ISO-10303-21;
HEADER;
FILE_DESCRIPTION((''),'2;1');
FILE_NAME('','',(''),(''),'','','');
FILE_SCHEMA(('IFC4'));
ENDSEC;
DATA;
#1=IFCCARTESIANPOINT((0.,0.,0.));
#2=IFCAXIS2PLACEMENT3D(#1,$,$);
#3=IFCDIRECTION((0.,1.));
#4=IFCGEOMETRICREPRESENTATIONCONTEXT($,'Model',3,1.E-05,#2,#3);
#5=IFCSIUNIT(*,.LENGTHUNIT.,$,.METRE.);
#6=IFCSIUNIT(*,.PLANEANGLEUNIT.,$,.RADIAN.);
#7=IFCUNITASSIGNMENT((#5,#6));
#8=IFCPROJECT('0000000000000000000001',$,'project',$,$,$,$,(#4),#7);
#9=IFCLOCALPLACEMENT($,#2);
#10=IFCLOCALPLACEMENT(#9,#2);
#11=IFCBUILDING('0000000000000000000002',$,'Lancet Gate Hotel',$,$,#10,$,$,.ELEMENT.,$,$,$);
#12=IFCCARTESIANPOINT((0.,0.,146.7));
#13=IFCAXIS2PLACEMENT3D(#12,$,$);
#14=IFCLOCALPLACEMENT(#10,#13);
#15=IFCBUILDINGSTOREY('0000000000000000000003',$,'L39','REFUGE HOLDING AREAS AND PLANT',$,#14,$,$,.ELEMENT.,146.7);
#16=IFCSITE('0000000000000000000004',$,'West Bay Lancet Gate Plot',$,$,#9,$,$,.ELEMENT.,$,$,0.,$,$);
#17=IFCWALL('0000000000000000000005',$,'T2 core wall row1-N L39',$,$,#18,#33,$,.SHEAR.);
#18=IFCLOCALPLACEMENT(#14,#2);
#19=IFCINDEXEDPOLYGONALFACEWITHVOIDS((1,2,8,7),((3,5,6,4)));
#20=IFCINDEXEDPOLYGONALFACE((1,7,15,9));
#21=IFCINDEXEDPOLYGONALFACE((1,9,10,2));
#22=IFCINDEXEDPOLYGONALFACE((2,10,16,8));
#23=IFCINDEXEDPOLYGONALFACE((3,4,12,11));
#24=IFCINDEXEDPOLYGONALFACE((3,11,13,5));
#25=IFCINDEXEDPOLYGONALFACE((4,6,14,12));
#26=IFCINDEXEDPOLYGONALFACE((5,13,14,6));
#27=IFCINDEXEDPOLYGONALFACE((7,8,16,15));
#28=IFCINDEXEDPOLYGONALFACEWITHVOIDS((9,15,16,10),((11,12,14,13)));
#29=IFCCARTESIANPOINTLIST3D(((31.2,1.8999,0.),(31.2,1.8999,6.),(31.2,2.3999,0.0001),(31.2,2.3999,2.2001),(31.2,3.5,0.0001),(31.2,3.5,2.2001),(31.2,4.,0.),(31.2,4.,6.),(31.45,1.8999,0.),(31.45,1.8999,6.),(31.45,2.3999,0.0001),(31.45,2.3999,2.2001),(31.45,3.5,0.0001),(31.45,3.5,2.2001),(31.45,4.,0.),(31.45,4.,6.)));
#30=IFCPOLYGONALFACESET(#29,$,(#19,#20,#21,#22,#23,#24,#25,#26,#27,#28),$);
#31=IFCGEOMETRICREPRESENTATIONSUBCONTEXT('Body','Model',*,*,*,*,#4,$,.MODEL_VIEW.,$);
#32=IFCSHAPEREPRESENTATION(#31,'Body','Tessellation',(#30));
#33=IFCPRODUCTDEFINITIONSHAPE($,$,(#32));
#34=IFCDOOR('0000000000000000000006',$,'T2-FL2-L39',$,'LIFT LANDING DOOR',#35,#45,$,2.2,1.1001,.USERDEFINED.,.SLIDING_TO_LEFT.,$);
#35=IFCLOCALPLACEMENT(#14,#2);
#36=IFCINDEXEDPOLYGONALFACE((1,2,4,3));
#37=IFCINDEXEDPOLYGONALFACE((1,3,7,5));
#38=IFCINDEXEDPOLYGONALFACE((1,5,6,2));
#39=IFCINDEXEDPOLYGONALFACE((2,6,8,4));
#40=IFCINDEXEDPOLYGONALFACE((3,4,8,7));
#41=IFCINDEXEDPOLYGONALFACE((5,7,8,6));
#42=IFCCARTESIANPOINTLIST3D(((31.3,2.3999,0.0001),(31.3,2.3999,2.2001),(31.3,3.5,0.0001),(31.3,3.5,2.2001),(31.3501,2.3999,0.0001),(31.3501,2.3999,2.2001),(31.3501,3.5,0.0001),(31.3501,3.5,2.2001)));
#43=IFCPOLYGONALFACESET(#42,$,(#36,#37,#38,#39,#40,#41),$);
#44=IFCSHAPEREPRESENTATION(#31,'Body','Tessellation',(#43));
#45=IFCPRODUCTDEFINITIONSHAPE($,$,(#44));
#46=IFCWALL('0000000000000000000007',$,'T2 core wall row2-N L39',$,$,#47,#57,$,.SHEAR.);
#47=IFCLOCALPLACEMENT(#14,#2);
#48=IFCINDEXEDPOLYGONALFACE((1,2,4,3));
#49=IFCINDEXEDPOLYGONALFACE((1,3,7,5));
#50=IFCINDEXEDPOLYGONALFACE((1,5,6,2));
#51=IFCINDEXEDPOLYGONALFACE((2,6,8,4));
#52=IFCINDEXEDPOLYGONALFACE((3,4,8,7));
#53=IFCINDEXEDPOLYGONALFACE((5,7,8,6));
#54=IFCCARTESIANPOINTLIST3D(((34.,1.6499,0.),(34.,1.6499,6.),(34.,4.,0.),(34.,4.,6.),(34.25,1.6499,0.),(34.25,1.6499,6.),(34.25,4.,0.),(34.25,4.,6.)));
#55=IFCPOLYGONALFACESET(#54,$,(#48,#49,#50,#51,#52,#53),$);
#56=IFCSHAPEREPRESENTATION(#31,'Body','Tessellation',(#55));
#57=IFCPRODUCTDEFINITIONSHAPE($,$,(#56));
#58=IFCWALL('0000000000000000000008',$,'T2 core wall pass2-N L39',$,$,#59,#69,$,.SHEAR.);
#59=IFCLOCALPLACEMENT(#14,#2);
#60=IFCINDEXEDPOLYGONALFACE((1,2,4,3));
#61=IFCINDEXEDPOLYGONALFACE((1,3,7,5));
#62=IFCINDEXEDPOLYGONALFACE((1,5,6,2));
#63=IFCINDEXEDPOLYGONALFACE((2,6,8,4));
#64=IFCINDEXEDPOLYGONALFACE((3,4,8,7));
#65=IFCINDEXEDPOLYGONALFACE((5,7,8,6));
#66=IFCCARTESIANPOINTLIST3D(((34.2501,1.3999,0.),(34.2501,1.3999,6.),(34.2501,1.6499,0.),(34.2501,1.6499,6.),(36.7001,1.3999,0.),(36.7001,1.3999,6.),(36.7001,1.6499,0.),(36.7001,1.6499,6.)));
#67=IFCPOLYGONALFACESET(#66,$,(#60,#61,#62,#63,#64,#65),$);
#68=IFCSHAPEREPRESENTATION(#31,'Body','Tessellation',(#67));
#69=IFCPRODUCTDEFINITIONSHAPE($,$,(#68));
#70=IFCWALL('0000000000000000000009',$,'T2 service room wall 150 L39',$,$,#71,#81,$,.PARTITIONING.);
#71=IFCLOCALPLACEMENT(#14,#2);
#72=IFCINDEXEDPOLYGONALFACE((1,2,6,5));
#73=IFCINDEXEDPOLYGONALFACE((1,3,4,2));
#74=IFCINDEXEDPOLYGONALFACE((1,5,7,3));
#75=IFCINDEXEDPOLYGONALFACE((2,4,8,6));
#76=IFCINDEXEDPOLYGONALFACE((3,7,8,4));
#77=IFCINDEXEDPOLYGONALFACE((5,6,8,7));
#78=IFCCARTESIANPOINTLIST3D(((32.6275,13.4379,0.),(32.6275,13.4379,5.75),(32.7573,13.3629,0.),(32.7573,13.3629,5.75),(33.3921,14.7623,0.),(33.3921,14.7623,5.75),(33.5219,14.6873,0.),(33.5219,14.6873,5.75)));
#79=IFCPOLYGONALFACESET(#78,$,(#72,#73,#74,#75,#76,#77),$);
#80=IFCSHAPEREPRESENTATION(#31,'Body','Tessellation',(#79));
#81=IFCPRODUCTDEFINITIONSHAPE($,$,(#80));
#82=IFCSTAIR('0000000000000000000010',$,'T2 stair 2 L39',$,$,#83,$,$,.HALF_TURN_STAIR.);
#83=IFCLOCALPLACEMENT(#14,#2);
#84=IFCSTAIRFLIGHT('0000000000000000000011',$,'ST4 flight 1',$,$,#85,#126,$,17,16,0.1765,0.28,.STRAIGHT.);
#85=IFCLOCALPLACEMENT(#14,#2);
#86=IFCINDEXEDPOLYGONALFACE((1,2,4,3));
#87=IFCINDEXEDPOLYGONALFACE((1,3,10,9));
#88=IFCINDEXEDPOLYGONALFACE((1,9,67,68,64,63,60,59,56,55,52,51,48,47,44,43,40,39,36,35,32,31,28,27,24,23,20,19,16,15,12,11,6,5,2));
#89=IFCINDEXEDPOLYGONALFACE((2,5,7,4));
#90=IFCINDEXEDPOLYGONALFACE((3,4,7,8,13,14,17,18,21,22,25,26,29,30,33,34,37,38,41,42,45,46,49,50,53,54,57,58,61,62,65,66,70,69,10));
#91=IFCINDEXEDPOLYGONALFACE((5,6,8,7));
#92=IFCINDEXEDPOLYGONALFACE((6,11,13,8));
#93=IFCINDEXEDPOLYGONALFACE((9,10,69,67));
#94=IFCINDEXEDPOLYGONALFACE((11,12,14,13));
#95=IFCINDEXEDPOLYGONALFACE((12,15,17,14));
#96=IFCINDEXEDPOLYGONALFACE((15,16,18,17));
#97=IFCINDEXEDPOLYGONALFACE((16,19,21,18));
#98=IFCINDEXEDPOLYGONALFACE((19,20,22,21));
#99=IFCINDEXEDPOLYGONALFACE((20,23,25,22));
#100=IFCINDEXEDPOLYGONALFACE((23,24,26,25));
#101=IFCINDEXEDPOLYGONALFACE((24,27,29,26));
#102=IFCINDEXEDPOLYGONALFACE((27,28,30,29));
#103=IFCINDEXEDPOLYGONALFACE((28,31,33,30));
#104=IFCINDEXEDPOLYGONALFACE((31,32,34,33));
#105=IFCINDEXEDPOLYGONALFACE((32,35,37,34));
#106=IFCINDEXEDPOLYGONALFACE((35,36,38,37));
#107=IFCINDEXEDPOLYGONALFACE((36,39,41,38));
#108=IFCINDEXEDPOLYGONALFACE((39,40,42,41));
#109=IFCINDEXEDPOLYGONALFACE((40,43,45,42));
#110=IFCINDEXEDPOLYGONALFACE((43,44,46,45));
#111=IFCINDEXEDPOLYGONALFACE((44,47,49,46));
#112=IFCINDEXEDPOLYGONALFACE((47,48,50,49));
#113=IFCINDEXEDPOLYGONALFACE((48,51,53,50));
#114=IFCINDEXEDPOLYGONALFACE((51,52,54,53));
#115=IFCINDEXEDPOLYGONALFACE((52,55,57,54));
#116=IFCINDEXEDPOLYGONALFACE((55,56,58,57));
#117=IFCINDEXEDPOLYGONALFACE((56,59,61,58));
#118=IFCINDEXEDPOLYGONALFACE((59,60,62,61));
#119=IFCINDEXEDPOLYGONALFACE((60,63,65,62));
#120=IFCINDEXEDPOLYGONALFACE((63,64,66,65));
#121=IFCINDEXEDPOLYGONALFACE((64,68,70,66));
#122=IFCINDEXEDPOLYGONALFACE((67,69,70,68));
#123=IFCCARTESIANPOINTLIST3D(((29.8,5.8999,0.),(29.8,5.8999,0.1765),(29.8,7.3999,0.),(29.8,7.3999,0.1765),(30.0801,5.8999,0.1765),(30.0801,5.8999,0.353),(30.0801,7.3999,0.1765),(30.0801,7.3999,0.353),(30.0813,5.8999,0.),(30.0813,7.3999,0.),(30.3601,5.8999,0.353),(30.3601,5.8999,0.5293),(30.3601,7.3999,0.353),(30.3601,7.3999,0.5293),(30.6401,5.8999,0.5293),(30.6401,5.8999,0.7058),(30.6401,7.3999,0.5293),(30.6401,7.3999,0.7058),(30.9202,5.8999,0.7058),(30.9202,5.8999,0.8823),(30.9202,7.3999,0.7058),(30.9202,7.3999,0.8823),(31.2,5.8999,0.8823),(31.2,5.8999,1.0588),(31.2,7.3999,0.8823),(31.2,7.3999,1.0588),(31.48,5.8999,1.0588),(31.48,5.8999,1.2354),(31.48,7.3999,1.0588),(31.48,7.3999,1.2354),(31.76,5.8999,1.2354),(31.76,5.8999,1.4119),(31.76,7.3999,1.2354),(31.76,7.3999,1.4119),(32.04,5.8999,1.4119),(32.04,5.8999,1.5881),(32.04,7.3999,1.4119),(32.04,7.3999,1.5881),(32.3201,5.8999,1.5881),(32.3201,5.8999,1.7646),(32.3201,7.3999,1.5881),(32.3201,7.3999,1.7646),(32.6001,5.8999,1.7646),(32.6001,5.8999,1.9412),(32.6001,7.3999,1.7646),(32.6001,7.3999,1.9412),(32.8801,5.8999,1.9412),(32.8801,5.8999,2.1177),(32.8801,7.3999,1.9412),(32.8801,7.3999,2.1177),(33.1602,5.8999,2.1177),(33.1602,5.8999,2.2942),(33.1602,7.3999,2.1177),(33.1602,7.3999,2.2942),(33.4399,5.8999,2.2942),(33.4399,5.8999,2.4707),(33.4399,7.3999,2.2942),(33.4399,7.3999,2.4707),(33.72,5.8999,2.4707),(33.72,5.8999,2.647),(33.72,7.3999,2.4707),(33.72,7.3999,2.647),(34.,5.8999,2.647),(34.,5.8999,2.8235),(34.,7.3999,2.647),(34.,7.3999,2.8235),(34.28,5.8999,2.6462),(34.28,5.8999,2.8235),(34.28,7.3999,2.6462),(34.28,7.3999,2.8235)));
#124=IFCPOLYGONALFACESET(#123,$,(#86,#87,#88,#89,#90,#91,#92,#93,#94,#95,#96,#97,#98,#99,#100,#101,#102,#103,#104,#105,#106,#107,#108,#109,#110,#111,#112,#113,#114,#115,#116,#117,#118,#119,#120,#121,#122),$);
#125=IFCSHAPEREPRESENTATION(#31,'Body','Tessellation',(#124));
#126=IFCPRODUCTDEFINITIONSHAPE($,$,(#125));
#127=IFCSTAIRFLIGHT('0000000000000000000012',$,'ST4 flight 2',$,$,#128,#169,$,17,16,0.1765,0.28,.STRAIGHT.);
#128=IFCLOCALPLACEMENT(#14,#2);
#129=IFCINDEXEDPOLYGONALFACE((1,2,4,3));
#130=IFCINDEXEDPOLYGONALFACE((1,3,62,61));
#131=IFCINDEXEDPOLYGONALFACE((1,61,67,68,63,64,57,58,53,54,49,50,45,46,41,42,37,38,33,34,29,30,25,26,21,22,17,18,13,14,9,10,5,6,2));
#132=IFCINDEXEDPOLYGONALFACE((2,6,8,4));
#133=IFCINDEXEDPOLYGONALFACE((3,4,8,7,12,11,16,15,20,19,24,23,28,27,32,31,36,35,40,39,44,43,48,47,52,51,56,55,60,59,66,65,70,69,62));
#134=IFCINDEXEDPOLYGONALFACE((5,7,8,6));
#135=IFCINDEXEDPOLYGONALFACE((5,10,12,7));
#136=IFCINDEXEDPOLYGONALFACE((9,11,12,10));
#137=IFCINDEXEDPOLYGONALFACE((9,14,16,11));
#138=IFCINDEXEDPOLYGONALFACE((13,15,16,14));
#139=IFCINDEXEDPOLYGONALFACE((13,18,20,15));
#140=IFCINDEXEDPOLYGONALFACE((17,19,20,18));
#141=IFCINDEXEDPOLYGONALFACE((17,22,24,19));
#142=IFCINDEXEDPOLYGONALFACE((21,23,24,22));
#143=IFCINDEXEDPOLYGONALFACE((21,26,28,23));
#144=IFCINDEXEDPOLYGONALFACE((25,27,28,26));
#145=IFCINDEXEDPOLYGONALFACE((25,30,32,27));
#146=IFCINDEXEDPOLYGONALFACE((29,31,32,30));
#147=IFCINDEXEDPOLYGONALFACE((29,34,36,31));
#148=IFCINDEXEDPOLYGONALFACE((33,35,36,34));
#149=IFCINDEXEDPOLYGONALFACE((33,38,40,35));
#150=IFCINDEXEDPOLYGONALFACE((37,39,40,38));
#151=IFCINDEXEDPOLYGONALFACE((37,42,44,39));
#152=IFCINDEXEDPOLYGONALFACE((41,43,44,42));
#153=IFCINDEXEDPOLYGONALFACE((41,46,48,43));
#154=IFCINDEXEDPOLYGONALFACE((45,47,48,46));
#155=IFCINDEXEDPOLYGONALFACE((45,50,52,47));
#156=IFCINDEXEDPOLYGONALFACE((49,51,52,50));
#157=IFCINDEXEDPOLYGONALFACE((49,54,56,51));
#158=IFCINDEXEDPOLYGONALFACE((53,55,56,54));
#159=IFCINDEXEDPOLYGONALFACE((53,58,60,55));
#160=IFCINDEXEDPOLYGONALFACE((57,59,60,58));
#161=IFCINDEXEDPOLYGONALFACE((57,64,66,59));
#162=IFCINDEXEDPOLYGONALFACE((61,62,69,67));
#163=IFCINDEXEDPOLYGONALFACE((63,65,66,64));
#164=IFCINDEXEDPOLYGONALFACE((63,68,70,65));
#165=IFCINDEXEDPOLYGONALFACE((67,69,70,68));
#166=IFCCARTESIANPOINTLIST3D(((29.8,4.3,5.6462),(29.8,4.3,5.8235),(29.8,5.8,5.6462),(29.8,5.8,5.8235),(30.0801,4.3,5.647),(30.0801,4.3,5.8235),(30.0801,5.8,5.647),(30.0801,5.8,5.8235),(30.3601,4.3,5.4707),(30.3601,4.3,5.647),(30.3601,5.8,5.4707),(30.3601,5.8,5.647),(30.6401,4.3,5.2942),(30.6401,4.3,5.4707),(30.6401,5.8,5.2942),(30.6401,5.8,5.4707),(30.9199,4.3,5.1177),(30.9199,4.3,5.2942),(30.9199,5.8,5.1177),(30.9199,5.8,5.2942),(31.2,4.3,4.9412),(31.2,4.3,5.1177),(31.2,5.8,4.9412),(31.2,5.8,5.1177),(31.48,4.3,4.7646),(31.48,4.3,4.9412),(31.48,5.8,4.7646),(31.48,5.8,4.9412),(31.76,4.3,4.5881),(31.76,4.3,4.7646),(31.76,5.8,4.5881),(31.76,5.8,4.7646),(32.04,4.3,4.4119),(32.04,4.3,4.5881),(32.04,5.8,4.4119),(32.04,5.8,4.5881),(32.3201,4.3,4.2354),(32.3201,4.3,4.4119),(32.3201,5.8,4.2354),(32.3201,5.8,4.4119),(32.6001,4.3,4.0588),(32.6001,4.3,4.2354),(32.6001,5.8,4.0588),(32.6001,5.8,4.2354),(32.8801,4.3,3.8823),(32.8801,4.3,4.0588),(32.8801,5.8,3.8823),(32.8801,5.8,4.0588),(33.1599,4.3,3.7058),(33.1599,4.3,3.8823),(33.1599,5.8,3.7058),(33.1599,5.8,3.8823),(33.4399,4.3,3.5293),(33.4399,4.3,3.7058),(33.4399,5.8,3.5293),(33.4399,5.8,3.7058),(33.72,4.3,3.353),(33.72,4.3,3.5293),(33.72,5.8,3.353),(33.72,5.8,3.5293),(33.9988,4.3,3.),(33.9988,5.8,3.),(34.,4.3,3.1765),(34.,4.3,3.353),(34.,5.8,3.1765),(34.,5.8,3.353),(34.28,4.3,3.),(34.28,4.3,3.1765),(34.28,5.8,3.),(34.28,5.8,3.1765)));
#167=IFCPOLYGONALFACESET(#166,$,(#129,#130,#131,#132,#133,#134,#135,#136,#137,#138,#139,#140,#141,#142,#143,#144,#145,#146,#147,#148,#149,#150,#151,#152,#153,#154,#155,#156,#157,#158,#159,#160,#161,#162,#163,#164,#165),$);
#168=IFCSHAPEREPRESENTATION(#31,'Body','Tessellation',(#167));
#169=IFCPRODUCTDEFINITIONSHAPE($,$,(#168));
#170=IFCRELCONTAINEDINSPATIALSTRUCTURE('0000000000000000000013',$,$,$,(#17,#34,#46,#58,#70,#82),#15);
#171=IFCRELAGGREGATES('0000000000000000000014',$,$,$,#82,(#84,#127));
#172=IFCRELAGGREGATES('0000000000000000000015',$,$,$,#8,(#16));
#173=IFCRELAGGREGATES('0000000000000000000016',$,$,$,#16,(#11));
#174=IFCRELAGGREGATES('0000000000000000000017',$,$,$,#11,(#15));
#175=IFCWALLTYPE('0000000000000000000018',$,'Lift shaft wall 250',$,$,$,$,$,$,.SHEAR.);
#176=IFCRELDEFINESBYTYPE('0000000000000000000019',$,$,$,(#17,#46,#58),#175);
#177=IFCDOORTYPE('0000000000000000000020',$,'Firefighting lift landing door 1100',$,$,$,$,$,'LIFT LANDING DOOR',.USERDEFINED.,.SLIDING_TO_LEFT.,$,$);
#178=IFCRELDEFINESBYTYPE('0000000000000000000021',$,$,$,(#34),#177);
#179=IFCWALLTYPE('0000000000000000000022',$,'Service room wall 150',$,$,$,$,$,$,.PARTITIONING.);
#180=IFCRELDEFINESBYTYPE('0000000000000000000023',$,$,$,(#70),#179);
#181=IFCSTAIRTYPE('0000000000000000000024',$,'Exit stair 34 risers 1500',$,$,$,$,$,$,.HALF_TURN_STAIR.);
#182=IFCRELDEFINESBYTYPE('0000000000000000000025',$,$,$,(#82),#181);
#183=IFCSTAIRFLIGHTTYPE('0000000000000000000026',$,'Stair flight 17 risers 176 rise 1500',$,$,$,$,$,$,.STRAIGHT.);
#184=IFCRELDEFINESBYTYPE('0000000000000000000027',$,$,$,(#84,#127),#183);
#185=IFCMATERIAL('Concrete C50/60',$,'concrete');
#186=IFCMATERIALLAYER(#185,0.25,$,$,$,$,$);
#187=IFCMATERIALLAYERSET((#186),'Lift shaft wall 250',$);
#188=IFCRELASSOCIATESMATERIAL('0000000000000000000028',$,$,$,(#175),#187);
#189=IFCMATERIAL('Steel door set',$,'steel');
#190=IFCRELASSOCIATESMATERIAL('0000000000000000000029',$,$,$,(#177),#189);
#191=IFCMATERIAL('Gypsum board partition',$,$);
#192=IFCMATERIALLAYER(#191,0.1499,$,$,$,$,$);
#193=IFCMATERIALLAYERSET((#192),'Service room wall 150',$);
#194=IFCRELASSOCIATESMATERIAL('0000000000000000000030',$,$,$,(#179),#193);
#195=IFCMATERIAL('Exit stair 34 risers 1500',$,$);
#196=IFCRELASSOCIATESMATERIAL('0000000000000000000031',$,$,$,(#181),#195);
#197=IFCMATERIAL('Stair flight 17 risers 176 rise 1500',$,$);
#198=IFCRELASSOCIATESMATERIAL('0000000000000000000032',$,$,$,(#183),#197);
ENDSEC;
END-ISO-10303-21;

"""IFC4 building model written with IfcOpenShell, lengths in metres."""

from ifc_helpers import new_model, si_unit, direction, frame, frame_2d, origin, place, context, subcontext, project, spatial, polyline, rectangle, outline, extrude, material, layer, layer_set, type_object, element, fill, aggregate, save


model = new_model("IFC4")

# Units and contexts
model_context = context("Model", 3, precision=1e-05, world=origin(), true_north=direction((0.0, 1.0)))
body_context = subcontext(model_context, "Body", "Model", "MODEL_VIEW")
ifc_project = project(units=[si_unit("LENGTHUNIT", "METRE"), si_unit("PLANEANGLEUNIT", "RADIAN")], contexts=[model_context])

# Site, building, storey
site_placement = place(None, origin())
site = spatial("IfcSite", under=ifc_project, at=site_placement, Name="West Bay Lancet Gate Plot", CompositionType="ELEMENT", RefElevation=0.0)
building_placement = place(site_placement, origin())
building = spatial("IfcBuilding", under=site, at=building_placement, Name="Lancet Gate Hotel", CompositionType="ELEMENT")
storey_placement = place(building_placement, frame((0.0, 0.0, 146.7)))
storey = spatial("IfcBuildingStorey", under=building, at=storey_placement, Name="L39", Description="REFUGE HOLDING AREAS AND PLANT", CompositionType="ELEMENT", Elevation=146.7)

# Wall, opening, door
ifc_material_1 = material(Name="Concrete C50/60", Category="concrete")
ifc_layer_1 = layer(ifc_material_1, 0.25)
ifc_layer_set_1 = layer_set([ifc_layer_1], Name="Lift shaft wall 250")
wall_type_1 = type_object("IfcWallType", Name="Lift shaft wall 250", PredefinedType="SHEAR", material=ifc_layer_set_1)
wall_1_placement = place(storey_placement, frame((31.325, 1.8999, 0.0), z_axis=(0.0, 0.0, 1.0), x_axis=(0.0, 1.0, 0.0)))
wall_1 = element("IfcWall", 1, at=wall_1_placement, inside=storey, type_object=wall_type_1, Name="T2 core wall row1-N L39", PredefinedType="SHEAR", context=body_context, shape_type="SweptSolid", body=[
    extrude(rectangle(XDim=2.1001, YDim=0.25, at=frame_2d((1.05, 0.0))), origin(), (0.0, 0.0, 1.0), 6.0),
])
opening_placement = place(wall_1_placement, frame((0.5, 0.0, 0.0)))
opening = element("IfcOpeningElement", 2, at=opening_placement, cuts=wall_1, PredefinedType="OPENING", context=body_context, shape_type="SweptSolid", body=[
    extrude(rectangle(XDim=1.1001, YDim=2.2, at=frame_2d((0.55, 1.1001))), frame((0.0, 0.135, 0.0), z_axis=(0.0, -1.0, 0.0), x_axis=(1.0, 0.0, 0.0)), (0.0, 0.0, 1.0), 0.27),
])
ifc_material_2 = material(Name="Steel door set", Category="steel")
door_type = type_object("IfcDoorType", Name="Firefighting lift landing door 1100", ElementType="LIFT LANDING DOOR", OperationType="SLIDING_TO_LEFT", PredefinedType="USERDEFINED", material=ifc_material_2)
door_placement = place(opening_placement, origin())
door = element("IfcDoor", 3, at=door_placement, inside=storey, type_object=door_type, Name="T2-FL2-L39", ObjectType="LIFT LANDING DOOR", OperationType="SLIDING_TO_LEFT", OverallHeight=2.2, OverallWidth=1.1001, PredefinedType="USERDEFINED", context=body_context, shape_type="SweptSolid", body=[
    extrude(rectangle(XDim=1.1001, YDim=2.2, at=frame_2d((0.55, 1.1001))), frame((0.0, 0.0249, 0.0), z_axis=(0.0, -1.0, 0.0), x_axis=(1.0, 0.0, 0.0)), (0.0, 0.0, 1.0), 0.05),
])
fill(opening, door)

# Walls
wall_2_placement = place(storey_placement, frame((34.125, 1.6499, 0.0), z_axis=(0.0, 0.0, 1.0), x_axis=(0.0, 1.0, 0.0)))
element("IfcWall", 4, at=wall_2_placement, inside=storey, type_object=wall_type_1, Name="T2 core wall row2-N L39", PredefinedType="SHEAR", context=body_context, shape_type="SweptSolid", body=[
    extrude(rectangle(XDim=2.3501, YDim=0.25, at=frame_2d((1.175, 0.0))), origin(), (0.0, 0.0, 1.0), 6.0),
])
wall_3_placement = place(storey_placement, frame((34.25, 1.5249, 0.0), z_axis=(0.0, 0.0, 1.0), x_axis=(1.0, 0.0, 0.0)))
element("IfcWall", 5, at=wall_3_placement, inside=storey, type_object=wall_type_1, Name="T2 core wall pass2-N L39", PredefinedType="SHEAR", context=body_context, shape_type="SweptSolid", body=[
    extrude(rectangle(XDim=2.45, YDim=0.25, at=frame_2d((1.2251, 0.0))), origin(), (0.0, 0.0, 1.0), 6.0),
])
ifc_material_3 = material(Name="Gypsum board partition")
ifc_layer_2 = layer(ifc_material_3, 0.1499)
ifc_layer_set_2 = layer_set([ifc_layer_2], Name="Service room wall 150")
wall_type_2 = type_object("IfcWallType", Name="Service room wall 150", PredefinedType="PARTITIONING", material=ifc_layer_set_2)
wall_4_placement = place(storey_placement, frame((32.6924, 13.4004, 0.0), z_axis=(0.0, 0.0, 1.0), x_axis=(0.499985, 0.866034, 0.0)))
element("IfcWall", 6, at=wall_4_placement, inside=storey, type_object=wall_type_2, Name="T2 service room wall 150 L39", PredefinedType="PARTITIONING", context=body_context, shape_type="SweptSolid", body=[
    extrude(rectangle(XDim=1.5293, YDim=0.1499, at=frame_2d((0.7646, 0.0))), origin(), (0.0, 0.0, 1.0), 5.75),
])

# Stair, stair flights
ifc_material_4 = material(Name="Exit stair 34 risers 1500")
stair_type = type_object("IfcStairType", Name="Exit stair 34 risers 1500", PredefinedType="HALF_TURN_STAIR", material=ifc_material_4)
stair_placement = place(storey_placement, origin())
stair = element("IfcStair", 7, at=stair_placement, inside=storey, type_object=stair_type, Name="T2 stair 2 L39", PredefinedType="HALF_TURN_STAIR")
ifc_material_5 = material(Name="Stair flight 17 risers 176 rise 1500")
stair_flight_type = type_object("IfcStairFlightType", Name="Stair flight 17 risers 176 rise 1500", PredefinedType="STRAIGHT", material=ifc_material_5)
stair_flight_1_placement = place(storey_placement, frame((29.8, 6.6499, 0.0), z_axis=(0.0, 0.0, 1.0), x_axis=(1.0, 0.0, 0.0)))
stair_flight_1 = element("IfcStairFlight", 8, at=stair_flight_1_placement, type_object=stair_flight_type, Name="ST4 flight 1", NumberOfRisers=17, NumberOfTreads=16, PredefinedType="STRAIGHT", RiserHeight=0.1765, TreadLength=0.28, context=body_context, shape_type="SweptSolid", body=[
    extrude(outline(polyline([(0.0, 0.0), (0.0, 0.1765), (0.28, 0.1765), (0.28, 0.353), (0.5601, 0.353), (0.5601, 0.5293), (0.8401, 0.5293), (0.8401, 0.7058), (1.1201, 0.7058), (1.1201, 0.8823), (1.3999, 0.8823), (1.3999, 1.0588), (1.6799, 1.0588), (1.6799, 1.2354), (1.96, 1.2354), (1.96, 1.4119), (2.24, 1.4119), (2.24, 1.5881), (2.52, 1.5881), (2.52, 1.7646), (2.8, 1.7646), (2.8, 1.9412), (3.0801, 1.9412), (3.0801, 2.1177), (3.3601, 2.1177), (3.3601, 2.2942), (3.6399, 2.2942), (3.6399, 2.4707), (3.9199, 2.4707), (3.9199, 2.647), (4.2, 2.647), (4.2, 2.8235), (4.48, 2.8235), (4.48, 3.0), (4.48, 2.6462), (0.2812, 0.0), (0.0, 0.0)])), frame((0.0, 0.75, 0.0), z_axis=(0.0, -1.0, 0.0), x_axis=(1.0, 0.0, 0.0)), (0.0, 0.0, 1.0), 1.5),
])
stair_flight_2_placement = place(storey_placement, frame((34.28, 5.05, 3.0), z_axis=(0.0, 0.0, 1.0), x_axis=(-1.0, 0.0, 0.0)))
stair_flight_2 = element("IfcStairFlight", 9, at=stair_flight_2_placement, type_object=stair_flight_type, Name="ST4 flight 2", NumberOfRisers=17, NumberOfTreads=16, PredefinedType="STRAIGHT", RiserHeight=0.1765, TreadLength=0.28, context=body_context, shape_type="SweptSolid", body=[
    extrude(outline(polyline([(0.0, 0.0), (0.0, 0.1765), (0.28, 0.1765), (0.28, 0.353), (0.5601, 0.353), (0.5601, 0.5293), (0.8401, 0.5293), (0.8401, 0.7058), (1.1201, 0.7058), (1.1201, 0.8823), (1.3999, 0.8823), (1.3999, 1.0588), (1.6799, 1.0588), (1.6799, 1.2354), (1.96, 1.2354), (1.96, 1.4119), (2.24, 1.4119), (2.24, 1.5881), (2.52, 1.5881), (2.52, 1.7646), (2.8, 1.7646), (2.8, 1.9412), (3.0801, 1.9412), (3.0801, 2.1177), (3.3601, 2.1177), (3.3601, 2.2942), (3.6399, 2.2942), (3.6399, 2.4707), (3.9199, 2.4707), (3.9199, 2.647), (4.2, 2.647), (4.2, 2.8235), (4.48, 2.8235), (4.48, 3.0), (4.48, 2.6462), (0.2812, 0.0), (0.0, 0.0)])), frame((0.0, 0.75, 0.0), z_axis=(0.0, -1.0, 0.0), x_axis=(1.0, 0.0, 0.0)), (0.0, 0.0, 1.0), 1.5),
])
aggregate(stair, [stair_flight_1, stair_flight_2])

save(model, "model.ifc")
